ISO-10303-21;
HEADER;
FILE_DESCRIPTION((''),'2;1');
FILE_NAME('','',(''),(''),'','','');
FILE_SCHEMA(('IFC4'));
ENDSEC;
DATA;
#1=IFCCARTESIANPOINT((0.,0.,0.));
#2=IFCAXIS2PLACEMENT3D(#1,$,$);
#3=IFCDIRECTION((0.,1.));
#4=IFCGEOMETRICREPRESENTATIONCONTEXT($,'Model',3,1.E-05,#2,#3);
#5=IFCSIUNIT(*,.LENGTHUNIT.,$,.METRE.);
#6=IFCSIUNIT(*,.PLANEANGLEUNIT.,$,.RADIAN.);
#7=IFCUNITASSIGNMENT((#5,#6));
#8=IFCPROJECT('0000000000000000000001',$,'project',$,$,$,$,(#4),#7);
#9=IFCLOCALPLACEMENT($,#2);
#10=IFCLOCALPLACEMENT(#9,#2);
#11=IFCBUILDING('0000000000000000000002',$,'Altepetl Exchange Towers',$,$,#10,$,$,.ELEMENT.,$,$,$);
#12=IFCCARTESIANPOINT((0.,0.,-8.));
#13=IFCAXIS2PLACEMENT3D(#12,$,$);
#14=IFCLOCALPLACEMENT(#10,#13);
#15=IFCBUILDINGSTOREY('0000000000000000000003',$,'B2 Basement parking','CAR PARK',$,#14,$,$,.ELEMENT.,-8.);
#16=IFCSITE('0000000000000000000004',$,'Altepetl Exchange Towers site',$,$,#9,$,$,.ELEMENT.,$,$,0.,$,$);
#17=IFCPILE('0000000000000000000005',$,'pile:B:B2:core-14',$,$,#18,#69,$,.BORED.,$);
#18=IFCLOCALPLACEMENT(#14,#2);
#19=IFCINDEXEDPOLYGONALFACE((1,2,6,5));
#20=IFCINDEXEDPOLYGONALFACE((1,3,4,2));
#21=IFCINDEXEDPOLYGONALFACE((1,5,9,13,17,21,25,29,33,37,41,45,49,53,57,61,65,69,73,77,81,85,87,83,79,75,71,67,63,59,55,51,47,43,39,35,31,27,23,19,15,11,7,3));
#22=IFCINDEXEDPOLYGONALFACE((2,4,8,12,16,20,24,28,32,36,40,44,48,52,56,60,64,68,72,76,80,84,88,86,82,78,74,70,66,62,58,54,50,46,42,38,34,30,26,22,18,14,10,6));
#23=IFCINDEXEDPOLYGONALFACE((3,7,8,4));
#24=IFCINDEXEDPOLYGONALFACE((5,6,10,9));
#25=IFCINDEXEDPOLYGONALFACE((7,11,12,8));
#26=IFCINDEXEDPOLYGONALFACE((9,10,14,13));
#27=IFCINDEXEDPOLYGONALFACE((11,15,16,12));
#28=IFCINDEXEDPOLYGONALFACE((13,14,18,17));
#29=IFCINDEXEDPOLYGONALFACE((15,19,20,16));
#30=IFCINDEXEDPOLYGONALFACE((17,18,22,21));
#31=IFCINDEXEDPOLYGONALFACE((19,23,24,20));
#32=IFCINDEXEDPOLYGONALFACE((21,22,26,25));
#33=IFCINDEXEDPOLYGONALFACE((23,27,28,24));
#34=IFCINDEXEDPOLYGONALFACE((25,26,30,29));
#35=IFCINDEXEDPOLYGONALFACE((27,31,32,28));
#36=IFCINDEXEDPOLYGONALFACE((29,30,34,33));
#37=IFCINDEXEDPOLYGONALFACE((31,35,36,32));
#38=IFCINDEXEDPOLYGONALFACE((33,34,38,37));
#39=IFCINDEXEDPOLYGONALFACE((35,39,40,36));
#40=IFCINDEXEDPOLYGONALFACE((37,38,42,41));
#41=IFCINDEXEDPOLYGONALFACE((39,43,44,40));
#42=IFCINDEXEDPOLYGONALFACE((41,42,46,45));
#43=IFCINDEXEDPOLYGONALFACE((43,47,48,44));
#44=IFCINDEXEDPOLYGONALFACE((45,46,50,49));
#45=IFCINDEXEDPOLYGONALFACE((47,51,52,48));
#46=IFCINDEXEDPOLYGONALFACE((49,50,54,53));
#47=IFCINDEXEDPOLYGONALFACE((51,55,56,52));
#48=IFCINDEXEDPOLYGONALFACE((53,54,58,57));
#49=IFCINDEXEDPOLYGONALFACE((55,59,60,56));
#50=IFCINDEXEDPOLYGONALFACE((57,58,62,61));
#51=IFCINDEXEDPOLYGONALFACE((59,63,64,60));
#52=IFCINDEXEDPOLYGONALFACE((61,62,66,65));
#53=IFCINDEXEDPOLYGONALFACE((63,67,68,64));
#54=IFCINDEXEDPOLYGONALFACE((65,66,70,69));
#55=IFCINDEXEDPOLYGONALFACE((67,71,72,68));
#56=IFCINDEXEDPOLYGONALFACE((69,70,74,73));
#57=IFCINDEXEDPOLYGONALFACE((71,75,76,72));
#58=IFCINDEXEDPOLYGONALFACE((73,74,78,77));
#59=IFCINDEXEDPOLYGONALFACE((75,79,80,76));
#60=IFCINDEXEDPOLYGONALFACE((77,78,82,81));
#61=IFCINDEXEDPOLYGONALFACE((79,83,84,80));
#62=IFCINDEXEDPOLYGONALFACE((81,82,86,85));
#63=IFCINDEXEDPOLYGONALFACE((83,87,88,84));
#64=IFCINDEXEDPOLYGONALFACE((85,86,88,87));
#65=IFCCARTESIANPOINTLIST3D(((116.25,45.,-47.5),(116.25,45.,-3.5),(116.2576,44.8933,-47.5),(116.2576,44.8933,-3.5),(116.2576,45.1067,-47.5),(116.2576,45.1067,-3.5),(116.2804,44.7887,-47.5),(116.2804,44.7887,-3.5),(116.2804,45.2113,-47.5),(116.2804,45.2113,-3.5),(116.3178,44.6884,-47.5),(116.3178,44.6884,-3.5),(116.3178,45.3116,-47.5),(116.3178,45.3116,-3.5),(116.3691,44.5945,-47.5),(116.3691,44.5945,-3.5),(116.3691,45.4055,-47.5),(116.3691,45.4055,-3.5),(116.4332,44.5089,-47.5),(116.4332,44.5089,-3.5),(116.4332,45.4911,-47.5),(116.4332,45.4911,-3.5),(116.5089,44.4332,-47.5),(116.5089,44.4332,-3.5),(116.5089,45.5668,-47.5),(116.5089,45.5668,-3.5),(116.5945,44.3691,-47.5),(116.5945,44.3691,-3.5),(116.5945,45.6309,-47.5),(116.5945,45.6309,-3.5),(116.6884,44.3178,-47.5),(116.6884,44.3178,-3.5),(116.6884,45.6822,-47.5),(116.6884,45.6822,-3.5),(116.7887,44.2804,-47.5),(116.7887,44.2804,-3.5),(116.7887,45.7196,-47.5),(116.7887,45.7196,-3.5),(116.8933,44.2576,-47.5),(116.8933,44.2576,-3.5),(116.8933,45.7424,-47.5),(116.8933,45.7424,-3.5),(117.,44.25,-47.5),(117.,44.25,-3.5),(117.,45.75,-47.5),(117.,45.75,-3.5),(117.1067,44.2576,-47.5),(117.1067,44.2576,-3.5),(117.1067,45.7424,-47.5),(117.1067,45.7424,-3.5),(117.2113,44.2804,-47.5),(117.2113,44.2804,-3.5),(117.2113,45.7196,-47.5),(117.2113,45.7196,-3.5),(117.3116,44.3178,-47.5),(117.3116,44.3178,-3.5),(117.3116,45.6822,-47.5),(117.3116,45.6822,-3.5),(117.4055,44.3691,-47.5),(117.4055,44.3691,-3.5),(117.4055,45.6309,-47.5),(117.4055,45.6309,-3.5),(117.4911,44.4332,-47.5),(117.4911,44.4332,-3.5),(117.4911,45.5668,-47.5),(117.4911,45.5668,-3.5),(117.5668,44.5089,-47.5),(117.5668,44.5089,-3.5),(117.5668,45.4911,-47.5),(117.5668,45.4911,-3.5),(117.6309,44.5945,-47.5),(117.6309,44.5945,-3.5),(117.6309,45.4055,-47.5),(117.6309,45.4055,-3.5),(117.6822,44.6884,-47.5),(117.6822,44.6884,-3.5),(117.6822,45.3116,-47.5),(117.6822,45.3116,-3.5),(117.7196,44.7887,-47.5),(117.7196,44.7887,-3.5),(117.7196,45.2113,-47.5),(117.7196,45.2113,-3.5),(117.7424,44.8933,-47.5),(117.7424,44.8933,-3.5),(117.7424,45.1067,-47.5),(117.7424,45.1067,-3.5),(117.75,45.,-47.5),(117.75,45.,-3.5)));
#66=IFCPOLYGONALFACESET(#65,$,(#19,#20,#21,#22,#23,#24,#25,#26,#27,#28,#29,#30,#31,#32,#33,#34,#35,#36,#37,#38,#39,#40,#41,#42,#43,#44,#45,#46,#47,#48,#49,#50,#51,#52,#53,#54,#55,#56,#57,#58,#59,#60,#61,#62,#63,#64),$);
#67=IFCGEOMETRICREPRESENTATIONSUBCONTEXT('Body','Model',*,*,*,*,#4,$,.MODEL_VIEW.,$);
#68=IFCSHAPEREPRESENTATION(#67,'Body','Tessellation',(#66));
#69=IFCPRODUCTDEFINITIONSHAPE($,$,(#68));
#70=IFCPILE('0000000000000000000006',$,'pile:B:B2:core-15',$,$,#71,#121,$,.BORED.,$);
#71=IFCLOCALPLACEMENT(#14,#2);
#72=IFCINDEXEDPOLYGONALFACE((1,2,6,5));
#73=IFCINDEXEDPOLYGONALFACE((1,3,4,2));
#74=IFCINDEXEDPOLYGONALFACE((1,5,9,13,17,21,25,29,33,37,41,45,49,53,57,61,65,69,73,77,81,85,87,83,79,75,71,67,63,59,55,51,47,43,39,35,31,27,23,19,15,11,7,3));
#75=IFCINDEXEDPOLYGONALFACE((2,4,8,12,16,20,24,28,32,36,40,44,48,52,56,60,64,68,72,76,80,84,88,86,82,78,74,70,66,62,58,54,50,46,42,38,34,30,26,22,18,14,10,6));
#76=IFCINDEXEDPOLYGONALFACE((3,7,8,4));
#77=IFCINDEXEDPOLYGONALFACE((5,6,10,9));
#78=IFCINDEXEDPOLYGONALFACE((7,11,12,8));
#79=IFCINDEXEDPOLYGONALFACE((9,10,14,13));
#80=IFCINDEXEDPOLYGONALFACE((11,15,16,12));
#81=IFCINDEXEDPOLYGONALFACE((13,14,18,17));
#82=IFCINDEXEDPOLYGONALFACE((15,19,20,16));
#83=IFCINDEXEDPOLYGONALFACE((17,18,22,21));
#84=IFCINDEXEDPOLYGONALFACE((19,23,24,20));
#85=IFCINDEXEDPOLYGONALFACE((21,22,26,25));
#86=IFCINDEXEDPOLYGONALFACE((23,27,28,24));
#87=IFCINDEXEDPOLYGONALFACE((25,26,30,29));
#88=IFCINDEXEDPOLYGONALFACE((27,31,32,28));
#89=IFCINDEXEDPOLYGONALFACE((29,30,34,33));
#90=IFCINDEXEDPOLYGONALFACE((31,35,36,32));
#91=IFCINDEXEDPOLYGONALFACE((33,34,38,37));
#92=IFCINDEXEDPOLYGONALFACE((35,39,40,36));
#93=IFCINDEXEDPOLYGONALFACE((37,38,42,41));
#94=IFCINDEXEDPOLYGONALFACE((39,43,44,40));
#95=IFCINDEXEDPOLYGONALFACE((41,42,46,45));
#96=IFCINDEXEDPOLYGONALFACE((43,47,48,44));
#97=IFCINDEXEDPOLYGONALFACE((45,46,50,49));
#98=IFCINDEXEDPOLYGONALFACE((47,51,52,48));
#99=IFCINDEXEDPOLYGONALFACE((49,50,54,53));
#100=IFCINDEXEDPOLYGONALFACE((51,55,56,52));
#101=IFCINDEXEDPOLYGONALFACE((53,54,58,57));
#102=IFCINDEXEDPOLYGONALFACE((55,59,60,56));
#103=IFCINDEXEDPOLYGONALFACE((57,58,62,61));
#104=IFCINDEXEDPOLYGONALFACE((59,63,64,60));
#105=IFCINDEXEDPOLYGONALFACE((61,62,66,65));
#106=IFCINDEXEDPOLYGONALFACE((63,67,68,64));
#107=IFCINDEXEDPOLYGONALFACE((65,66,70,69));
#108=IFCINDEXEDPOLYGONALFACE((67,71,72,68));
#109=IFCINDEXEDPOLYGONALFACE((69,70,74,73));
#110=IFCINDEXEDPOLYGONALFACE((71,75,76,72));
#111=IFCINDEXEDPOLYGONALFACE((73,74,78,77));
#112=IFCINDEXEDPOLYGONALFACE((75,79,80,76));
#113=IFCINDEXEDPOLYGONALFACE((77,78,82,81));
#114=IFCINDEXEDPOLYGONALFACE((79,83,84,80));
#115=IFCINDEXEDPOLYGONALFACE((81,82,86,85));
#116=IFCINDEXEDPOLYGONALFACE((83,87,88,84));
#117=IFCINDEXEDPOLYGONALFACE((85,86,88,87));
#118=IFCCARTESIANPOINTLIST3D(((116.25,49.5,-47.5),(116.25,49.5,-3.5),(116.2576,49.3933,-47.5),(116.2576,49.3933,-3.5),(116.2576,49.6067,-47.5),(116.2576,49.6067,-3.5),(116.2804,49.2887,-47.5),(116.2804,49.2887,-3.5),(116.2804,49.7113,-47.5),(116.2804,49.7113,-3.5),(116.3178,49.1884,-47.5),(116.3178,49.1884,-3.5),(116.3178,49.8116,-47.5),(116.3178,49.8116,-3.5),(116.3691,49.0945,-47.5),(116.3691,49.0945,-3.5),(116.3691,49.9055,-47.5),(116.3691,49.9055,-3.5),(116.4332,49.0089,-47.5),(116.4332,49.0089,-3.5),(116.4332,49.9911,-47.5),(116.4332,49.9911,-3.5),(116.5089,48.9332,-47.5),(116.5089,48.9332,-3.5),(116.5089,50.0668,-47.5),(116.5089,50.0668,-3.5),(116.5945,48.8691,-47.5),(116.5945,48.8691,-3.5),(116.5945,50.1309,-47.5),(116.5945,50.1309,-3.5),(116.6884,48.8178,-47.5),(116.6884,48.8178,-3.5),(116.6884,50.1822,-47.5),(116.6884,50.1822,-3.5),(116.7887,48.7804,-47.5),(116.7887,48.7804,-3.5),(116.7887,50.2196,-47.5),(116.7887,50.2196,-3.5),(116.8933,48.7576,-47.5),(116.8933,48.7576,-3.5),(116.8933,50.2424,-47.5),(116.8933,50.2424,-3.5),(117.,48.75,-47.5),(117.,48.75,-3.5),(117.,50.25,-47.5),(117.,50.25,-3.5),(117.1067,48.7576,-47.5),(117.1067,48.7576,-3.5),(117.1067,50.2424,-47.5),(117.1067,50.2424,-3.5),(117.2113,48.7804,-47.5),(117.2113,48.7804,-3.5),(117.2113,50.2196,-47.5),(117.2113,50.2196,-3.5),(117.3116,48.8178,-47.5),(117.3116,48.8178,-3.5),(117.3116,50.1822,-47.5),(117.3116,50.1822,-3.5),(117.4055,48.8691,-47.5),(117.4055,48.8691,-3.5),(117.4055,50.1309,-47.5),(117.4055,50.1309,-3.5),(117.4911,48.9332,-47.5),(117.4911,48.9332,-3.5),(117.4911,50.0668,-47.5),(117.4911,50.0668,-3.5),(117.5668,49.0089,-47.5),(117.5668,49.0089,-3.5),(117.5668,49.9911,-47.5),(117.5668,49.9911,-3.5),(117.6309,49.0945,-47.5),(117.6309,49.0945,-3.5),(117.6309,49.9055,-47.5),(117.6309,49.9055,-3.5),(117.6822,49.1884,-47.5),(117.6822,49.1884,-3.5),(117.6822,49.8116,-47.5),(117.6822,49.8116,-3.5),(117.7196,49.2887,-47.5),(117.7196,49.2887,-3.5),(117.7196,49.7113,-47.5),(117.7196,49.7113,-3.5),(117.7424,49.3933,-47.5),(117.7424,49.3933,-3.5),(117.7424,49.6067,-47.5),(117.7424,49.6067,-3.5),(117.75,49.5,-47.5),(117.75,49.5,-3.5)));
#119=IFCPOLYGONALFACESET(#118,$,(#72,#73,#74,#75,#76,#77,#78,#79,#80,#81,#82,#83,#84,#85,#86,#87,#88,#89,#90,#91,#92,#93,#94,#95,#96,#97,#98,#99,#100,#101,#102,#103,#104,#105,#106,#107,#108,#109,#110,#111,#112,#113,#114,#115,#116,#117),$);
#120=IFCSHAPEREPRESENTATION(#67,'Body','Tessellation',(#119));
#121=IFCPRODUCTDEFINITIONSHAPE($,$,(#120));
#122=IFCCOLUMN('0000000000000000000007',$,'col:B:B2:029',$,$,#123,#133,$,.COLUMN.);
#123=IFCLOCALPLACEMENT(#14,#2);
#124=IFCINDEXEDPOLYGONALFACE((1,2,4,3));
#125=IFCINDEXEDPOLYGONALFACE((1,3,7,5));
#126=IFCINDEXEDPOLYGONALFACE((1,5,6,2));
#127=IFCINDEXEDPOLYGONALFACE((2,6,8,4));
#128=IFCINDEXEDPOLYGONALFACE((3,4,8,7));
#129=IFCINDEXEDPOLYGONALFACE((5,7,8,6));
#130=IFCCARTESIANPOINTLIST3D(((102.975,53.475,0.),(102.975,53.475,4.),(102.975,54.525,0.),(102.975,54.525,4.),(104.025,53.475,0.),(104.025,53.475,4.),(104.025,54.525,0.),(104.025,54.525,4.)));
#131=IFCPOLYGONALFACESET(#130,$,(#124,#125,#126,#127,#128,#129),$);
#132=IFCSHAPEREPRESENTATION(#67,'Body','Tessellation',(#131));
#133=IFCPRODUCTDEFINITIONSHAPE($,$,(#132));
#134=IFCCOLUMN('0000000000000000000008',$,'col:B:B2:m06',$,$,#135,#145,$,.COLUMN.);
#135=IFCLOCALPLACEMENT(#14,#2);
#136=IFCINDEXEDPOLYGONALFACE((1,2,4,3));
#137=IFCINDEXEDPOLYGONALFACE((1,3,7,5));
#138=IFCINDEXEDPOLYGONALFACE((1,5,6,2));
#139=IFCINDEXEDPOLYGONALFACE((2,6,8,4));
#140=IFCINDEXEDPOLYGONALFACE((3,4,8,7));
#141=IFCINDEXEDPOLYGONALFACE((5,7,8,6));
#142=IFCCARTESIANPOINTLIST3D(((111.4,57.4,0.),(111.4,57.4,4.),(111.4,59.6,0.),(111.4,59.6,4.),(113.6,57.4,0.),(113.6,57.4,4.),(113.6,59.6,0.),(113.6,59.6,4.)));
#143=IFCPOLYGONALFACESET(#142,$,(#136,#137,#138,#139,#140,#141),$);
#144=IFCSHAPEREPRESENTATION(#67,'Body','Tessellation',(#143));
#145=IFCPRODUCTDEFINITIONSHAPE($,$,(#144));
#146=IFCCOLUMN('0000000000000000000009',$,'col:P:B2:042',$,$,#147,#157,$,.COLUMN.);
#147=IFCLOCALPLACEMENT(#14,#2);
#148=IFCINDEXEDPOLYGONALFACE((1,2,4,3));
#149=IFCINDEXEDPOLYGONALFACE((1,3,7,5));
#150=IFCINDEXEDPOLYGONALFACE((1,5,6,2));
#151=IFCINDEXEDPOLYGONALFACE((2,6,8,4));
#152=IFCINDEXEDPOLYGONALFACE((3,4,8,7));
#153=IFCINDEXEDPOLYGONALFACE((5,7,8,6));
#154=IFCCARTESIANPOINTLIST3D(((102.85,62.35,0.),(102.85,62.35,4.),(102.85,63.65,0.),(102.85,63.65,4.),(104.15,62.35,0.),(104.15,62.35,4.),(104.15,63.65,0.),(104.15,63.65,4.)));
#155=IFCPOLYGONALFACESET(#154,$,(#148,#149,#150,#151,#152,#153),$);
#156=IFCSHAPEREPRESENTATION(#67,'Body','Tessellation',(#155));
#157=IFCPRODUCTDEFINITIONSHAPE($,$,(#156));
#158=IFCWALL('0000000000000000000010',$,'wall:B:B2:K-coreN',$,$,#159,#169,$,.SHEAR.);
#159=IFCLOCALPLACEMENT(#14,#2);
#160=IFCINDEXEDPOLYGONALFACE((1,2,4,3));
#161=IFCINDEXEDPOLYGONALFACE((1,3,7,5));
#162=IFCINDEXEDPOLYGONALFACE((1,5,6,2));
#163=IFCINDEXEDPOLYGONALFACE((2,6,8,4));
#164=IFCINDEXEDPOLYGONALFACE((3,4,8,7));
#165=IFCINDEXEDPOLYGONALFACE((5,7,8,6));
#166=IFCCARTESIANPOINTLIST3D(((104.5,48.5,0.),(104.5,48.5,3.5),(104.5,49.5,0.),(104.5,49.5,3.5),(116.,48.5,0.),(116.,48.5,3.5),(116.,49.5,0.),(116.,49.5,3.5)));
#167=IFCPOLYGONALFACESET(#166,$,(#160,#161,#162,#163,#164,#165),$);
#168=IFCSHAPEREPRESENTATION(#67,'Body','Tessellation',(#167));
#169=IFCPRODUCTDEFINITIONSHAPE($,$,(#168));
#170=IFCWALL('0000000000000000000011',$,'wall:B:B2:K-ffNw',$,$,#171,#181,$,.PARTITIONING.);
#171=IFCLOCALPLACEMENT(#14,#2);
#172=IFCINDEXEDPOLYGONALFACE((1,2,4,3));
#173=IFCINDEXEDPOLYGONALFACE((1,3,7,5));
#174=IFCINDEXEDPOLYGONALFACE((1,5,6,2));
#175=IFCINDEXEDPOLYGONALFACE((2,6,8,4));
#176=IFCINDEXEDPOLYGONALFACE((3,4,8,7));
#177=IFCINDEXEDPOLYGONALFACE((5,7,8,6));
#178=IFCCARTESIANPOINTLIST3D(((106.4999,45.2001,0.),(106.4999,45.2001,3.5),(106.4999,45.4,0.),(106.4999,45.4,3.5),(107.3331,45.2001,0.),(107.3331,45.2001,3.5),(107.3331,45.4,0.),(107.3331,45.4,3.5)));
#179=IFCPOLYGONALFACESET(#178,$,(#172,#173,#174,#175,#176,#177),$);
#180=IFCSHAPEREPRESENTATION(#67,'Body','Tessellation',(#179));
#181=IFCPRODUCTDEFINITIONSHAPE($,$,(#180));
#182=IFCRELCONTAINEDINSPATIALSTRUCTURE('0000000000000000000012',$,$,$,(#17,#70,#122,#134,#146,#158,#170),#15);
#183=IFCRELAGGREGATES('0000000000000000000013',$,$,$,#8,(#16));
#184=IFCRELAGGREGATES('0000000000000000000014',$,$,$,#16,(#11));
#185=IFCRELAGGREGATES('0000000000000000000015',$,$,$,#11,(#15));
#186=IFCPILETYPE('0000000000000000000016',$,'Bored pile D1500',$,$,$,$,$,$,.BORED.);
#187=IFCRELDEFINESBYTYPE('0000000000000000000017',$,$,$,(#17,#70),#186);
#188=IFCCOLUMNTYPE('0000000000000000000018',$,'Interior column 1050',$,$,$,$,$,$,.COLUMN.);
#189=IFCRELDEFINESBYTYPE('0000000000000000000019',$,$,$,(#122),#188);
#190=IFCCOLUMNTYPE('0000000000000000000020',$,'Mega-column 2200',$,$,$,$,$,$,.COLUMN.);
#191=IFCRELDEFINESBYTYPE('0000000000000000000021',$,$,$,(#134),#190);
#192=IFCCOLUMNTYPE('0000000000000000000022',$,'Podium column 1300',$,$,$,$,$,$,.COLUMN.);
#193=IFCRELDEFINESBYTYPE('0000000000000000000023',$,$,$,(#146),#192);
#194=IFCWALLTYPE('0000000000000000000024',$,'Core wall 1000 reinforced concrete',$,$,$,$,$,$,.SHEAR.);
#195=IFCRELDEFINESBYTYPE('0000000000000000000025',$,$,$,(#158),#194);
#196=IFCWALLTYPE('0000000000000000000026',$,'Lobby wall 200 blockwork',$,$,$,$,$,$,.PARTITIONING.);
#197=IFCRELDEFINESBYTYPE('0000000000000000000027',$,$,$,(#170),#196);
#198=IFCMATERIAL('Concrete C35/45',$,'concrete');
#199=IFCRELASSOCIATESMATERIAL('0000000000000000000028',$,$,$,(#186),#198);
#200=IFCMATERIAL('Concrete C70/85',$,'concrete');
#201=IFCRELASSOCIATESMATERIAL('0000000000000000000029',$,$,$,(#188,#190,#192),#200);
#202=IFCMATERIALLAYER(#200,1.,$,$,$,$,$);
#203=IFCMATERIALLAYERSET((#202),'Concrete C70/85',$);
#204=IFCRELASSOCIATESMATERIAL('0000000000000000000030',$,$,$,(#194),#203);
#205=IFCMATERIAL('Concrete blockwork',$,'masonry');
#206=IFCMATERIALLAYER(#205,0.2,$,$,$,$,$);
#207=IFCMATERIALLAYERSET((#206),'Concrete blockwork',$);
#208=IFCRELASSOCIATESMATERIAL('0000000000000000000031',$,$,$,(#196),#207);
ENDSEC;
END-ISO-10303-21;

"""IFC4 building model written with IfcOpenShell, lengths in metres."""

from ifc_helpers import new_model, si_unit, direction, frame, frame_2d, origin, origin_2d, place, context, subcontext, project, spatial, rectangle, circle, extrude, material, layer, layer_set, material_profile, profile_set, type_object, element, save


model = new_model("IFC4")

# Units and contexts
model_context = context("Model", 3, precision=1e-05, world=origin(), true_north=direction((0.0, 1.0)))
body_context = subcontext(model_context, "Body", "Model", "MODEL_VIEW")
ifc_project = project(units=[si_unit("LENGTHUNIT", "METRE"), si_unit("PLANEANGLEUNIT", "RADIAN")], contexts=[model_context])

# Site, building, storey
site_placement = place(None, origin())
site = spatial("IfcSite", under=ifc_project, at=site_placement, Name="Altepetl Exchange Towers site", CompositionType="ELEMENT", RefElevation=0.0)
building_placement = place(site_placement, origin())
building = spatial("IfcBuilding", under=site, at=building_placement, Name="Altepetl Exchange Towers", CompositionType="ELEMENT")
storey_placement = place(building_placement, frame((0.0, 0.0, -8.0)))
storey = spatial("IfcBuildingStorey", under=building, at=storey_placement, Name="B2 Basement parking", Description="CAR PARK", CompositionType="ELEMENT", Elevation=-8.0)

# Piles
ifc_material_1 = material(Name="Concrete C35/45", Category="concrete")
ifc_material_profile_1 = material_profile(ifc_material_1, circle(Radius=0.75, at=origin_2d()), Name="D1500")
ifc_profile_set_1 = profile_set([ifc_material_profile_1], Name="Concrete C35/45")
pile_type = type_object("IfcPileType", Name="Bored pile D1500", PredefinedType="BORED", material=ifc_profile_set_1)
for number, where, z_axis, x_axis, name in (
    (1, (117.0, 45.0, -3.5), (0.0, 0.0, -1.0), (1.0, 0.0, 0.0), "pile:B:B2:core-14"),
    (2, (117.0, 49.5, -3.5), (0.0, 0.0, -1.0), (1.0, 0.0, 0.0), "pile:B:B2:core-15"),
):
    element("IfcPile", number, at=place(storey_placement, frame(where, z_axis=z_axis, x_axis=x_axis)), inside=storey, type_object=pile_type, Name=name, PredefinedType="BORED", context=body_context, shape_type="SweptSolid", body=[
        extrude(circle(Radius=0.75, at=origin_2d()), origin(), (0.0, 0.0, 1.0), 44.0),
    ])

# Columns
ifc_material_2 = material(Name="Concrete C70/85", Category="concrete")
ifc_material_profile_2 = material_profile(ifc_material_2, rectangle(XDim=1.05, YDim=1.05, at=origin_2d()), Name="1050 x 1050")
ifc_profile_set_2 = profile_set([ifc_material_profile_2], Name="Concrete C70/85")
column_type_1 = type_object("IfcColumnType", Name="Interior column 1050", PredefinedType="COLUMN", material=ifc_profile_set_2)
column_1_placement = place(storey_placement, frame((103.5, 54.0, 0.0)))
element("IfcColumn", 3, at=column_1_placement, inside=storey, type_object=column_type_1, Name="col:B:B2:029", PredefinedType="COLUMN", context=body_context, shape_type="SweptSolid", body=[
    extrude(rectangle(XDim=1.05, YDim=1.05, at=origin_2d()), origin(), (0.0, 0.0, 1.0), 4.0),
])
ifc_material_profile_3 = material_profile(ifc_material_2, rectangle(XDim=2.2, YDim=2.2, at=origin_2d()), Name="2200 x 2200")
ifc_profile_set_3 = profile_set([ifc_material_profile_3], Name="Concrete C70/85")
column_type_2 = type_object("IfcColumnType", Name="Mega-column 2200", PredefinedType="COLUMN", material=ifc_profile_set_3)
column_2_placement = place(storey_placement, frame((112.5, 58.5, 0.0)))
element("IfcColumn", 4, at=column_2_placement, inside=storey, type_object=column_type_2, Name="col:B:B2:m06", PredefinedType="COLUMN", context=body_context, shape_type="SweptSolid", body=[
    extrude(rectangle(XDim=2.2, YDim=2.2, at=origin_2d()), origin(), (0.0, 0.0, 1.0), 4.0),
])
ifc_material_profile_4 = material_profile(ifc_material_2, rectangle(XDim=1.3, YDim=1.3, at=origin_2d()), Name="1300 x 1300")
ifc_profile_set_4 = profile_set([ifc_material_profile_4], Name="Concrete C70/85")
column_type_3 = type_object("IfcColumnType", Name="Podium column 1300", PredefinedType="COLUMN", material=ifc_profile_set_4)
column_3_placement = place(storey_placement, frame((103.5, 63.0, 0.0)))
element("IfcColumn", 5, at=column_3_placement, inside=storey, type_object=column_type_3, Name="col:P:B2:042", PredefinedType="COLUMN", context=body_context, shape_type="SweptSolid", body=[
    extrude(rectangle(XDim=1.3, YDim=1.3, at=origin_2d()), origin(), (0.0, 0.0, 1.0), 4.0),
])

# Walls
ifc_layer_1 = layer(ifc_material_2, 1.0)
ifc_layer_set_1 = layer_set([ifc_layer_1], Name="Concrete C70/85")
wall_type_1 = type_object("IfcWallType", Name="Core wall 1000 reinforced concrete", PredefinedType="SHEAR", material=ifc_layer_set_1)
wall_1_placement = place(storey_placement, frame((104.5, 49.0, 0.0)))
element("IfcWall", 6, at=wall_1_placement, inside=storey, type_object=wall_type_1, Name="wall:B:B2:K-coreN", PredefinedType="SHEAR", context=body_context, shape_type="SweptSolid", body=[
    extrude(rectangle(XDim=11.5, YDim=1.0, at=frame_2d((5.75, 0.0))), origin(), (0.0, 0.0, 1.0), 3.5),
])
ifc_material_3 = material(Name="Concrete blockwork", Category="masonry")
ifc_layer_2 = layer(ifc_material_3, 0.2)
ifc_layer_set_2 = layer_set([ifc_layer_2], Name="Concrete blockwork")
wall_type_2 = type_object("IfcWallType", Name="Lobby wall 200 blockwork", PredefinedType="PARTITIONING", material=ifc_layer_set_2)
wall_2_placement = place(storey_placement, frame((106.5, 45.3, 0.0)))
element("IfcWall", 7, at=wall_2_placement, inside=storey, type_object=wall_type_2, Name="wall:B:B2:K-ffNw", PredefinedType="PARTITIONING", context=body_context, shape_type="SweptSolid", body=[
    extrude(rectangle(XDim=0.8333, YDim=0.2, at=frame_2d((0.4165, 0.0))), origin(), (0.0, 0.0, 1.0), 3.5),
])

save(model, "model.ifc")
